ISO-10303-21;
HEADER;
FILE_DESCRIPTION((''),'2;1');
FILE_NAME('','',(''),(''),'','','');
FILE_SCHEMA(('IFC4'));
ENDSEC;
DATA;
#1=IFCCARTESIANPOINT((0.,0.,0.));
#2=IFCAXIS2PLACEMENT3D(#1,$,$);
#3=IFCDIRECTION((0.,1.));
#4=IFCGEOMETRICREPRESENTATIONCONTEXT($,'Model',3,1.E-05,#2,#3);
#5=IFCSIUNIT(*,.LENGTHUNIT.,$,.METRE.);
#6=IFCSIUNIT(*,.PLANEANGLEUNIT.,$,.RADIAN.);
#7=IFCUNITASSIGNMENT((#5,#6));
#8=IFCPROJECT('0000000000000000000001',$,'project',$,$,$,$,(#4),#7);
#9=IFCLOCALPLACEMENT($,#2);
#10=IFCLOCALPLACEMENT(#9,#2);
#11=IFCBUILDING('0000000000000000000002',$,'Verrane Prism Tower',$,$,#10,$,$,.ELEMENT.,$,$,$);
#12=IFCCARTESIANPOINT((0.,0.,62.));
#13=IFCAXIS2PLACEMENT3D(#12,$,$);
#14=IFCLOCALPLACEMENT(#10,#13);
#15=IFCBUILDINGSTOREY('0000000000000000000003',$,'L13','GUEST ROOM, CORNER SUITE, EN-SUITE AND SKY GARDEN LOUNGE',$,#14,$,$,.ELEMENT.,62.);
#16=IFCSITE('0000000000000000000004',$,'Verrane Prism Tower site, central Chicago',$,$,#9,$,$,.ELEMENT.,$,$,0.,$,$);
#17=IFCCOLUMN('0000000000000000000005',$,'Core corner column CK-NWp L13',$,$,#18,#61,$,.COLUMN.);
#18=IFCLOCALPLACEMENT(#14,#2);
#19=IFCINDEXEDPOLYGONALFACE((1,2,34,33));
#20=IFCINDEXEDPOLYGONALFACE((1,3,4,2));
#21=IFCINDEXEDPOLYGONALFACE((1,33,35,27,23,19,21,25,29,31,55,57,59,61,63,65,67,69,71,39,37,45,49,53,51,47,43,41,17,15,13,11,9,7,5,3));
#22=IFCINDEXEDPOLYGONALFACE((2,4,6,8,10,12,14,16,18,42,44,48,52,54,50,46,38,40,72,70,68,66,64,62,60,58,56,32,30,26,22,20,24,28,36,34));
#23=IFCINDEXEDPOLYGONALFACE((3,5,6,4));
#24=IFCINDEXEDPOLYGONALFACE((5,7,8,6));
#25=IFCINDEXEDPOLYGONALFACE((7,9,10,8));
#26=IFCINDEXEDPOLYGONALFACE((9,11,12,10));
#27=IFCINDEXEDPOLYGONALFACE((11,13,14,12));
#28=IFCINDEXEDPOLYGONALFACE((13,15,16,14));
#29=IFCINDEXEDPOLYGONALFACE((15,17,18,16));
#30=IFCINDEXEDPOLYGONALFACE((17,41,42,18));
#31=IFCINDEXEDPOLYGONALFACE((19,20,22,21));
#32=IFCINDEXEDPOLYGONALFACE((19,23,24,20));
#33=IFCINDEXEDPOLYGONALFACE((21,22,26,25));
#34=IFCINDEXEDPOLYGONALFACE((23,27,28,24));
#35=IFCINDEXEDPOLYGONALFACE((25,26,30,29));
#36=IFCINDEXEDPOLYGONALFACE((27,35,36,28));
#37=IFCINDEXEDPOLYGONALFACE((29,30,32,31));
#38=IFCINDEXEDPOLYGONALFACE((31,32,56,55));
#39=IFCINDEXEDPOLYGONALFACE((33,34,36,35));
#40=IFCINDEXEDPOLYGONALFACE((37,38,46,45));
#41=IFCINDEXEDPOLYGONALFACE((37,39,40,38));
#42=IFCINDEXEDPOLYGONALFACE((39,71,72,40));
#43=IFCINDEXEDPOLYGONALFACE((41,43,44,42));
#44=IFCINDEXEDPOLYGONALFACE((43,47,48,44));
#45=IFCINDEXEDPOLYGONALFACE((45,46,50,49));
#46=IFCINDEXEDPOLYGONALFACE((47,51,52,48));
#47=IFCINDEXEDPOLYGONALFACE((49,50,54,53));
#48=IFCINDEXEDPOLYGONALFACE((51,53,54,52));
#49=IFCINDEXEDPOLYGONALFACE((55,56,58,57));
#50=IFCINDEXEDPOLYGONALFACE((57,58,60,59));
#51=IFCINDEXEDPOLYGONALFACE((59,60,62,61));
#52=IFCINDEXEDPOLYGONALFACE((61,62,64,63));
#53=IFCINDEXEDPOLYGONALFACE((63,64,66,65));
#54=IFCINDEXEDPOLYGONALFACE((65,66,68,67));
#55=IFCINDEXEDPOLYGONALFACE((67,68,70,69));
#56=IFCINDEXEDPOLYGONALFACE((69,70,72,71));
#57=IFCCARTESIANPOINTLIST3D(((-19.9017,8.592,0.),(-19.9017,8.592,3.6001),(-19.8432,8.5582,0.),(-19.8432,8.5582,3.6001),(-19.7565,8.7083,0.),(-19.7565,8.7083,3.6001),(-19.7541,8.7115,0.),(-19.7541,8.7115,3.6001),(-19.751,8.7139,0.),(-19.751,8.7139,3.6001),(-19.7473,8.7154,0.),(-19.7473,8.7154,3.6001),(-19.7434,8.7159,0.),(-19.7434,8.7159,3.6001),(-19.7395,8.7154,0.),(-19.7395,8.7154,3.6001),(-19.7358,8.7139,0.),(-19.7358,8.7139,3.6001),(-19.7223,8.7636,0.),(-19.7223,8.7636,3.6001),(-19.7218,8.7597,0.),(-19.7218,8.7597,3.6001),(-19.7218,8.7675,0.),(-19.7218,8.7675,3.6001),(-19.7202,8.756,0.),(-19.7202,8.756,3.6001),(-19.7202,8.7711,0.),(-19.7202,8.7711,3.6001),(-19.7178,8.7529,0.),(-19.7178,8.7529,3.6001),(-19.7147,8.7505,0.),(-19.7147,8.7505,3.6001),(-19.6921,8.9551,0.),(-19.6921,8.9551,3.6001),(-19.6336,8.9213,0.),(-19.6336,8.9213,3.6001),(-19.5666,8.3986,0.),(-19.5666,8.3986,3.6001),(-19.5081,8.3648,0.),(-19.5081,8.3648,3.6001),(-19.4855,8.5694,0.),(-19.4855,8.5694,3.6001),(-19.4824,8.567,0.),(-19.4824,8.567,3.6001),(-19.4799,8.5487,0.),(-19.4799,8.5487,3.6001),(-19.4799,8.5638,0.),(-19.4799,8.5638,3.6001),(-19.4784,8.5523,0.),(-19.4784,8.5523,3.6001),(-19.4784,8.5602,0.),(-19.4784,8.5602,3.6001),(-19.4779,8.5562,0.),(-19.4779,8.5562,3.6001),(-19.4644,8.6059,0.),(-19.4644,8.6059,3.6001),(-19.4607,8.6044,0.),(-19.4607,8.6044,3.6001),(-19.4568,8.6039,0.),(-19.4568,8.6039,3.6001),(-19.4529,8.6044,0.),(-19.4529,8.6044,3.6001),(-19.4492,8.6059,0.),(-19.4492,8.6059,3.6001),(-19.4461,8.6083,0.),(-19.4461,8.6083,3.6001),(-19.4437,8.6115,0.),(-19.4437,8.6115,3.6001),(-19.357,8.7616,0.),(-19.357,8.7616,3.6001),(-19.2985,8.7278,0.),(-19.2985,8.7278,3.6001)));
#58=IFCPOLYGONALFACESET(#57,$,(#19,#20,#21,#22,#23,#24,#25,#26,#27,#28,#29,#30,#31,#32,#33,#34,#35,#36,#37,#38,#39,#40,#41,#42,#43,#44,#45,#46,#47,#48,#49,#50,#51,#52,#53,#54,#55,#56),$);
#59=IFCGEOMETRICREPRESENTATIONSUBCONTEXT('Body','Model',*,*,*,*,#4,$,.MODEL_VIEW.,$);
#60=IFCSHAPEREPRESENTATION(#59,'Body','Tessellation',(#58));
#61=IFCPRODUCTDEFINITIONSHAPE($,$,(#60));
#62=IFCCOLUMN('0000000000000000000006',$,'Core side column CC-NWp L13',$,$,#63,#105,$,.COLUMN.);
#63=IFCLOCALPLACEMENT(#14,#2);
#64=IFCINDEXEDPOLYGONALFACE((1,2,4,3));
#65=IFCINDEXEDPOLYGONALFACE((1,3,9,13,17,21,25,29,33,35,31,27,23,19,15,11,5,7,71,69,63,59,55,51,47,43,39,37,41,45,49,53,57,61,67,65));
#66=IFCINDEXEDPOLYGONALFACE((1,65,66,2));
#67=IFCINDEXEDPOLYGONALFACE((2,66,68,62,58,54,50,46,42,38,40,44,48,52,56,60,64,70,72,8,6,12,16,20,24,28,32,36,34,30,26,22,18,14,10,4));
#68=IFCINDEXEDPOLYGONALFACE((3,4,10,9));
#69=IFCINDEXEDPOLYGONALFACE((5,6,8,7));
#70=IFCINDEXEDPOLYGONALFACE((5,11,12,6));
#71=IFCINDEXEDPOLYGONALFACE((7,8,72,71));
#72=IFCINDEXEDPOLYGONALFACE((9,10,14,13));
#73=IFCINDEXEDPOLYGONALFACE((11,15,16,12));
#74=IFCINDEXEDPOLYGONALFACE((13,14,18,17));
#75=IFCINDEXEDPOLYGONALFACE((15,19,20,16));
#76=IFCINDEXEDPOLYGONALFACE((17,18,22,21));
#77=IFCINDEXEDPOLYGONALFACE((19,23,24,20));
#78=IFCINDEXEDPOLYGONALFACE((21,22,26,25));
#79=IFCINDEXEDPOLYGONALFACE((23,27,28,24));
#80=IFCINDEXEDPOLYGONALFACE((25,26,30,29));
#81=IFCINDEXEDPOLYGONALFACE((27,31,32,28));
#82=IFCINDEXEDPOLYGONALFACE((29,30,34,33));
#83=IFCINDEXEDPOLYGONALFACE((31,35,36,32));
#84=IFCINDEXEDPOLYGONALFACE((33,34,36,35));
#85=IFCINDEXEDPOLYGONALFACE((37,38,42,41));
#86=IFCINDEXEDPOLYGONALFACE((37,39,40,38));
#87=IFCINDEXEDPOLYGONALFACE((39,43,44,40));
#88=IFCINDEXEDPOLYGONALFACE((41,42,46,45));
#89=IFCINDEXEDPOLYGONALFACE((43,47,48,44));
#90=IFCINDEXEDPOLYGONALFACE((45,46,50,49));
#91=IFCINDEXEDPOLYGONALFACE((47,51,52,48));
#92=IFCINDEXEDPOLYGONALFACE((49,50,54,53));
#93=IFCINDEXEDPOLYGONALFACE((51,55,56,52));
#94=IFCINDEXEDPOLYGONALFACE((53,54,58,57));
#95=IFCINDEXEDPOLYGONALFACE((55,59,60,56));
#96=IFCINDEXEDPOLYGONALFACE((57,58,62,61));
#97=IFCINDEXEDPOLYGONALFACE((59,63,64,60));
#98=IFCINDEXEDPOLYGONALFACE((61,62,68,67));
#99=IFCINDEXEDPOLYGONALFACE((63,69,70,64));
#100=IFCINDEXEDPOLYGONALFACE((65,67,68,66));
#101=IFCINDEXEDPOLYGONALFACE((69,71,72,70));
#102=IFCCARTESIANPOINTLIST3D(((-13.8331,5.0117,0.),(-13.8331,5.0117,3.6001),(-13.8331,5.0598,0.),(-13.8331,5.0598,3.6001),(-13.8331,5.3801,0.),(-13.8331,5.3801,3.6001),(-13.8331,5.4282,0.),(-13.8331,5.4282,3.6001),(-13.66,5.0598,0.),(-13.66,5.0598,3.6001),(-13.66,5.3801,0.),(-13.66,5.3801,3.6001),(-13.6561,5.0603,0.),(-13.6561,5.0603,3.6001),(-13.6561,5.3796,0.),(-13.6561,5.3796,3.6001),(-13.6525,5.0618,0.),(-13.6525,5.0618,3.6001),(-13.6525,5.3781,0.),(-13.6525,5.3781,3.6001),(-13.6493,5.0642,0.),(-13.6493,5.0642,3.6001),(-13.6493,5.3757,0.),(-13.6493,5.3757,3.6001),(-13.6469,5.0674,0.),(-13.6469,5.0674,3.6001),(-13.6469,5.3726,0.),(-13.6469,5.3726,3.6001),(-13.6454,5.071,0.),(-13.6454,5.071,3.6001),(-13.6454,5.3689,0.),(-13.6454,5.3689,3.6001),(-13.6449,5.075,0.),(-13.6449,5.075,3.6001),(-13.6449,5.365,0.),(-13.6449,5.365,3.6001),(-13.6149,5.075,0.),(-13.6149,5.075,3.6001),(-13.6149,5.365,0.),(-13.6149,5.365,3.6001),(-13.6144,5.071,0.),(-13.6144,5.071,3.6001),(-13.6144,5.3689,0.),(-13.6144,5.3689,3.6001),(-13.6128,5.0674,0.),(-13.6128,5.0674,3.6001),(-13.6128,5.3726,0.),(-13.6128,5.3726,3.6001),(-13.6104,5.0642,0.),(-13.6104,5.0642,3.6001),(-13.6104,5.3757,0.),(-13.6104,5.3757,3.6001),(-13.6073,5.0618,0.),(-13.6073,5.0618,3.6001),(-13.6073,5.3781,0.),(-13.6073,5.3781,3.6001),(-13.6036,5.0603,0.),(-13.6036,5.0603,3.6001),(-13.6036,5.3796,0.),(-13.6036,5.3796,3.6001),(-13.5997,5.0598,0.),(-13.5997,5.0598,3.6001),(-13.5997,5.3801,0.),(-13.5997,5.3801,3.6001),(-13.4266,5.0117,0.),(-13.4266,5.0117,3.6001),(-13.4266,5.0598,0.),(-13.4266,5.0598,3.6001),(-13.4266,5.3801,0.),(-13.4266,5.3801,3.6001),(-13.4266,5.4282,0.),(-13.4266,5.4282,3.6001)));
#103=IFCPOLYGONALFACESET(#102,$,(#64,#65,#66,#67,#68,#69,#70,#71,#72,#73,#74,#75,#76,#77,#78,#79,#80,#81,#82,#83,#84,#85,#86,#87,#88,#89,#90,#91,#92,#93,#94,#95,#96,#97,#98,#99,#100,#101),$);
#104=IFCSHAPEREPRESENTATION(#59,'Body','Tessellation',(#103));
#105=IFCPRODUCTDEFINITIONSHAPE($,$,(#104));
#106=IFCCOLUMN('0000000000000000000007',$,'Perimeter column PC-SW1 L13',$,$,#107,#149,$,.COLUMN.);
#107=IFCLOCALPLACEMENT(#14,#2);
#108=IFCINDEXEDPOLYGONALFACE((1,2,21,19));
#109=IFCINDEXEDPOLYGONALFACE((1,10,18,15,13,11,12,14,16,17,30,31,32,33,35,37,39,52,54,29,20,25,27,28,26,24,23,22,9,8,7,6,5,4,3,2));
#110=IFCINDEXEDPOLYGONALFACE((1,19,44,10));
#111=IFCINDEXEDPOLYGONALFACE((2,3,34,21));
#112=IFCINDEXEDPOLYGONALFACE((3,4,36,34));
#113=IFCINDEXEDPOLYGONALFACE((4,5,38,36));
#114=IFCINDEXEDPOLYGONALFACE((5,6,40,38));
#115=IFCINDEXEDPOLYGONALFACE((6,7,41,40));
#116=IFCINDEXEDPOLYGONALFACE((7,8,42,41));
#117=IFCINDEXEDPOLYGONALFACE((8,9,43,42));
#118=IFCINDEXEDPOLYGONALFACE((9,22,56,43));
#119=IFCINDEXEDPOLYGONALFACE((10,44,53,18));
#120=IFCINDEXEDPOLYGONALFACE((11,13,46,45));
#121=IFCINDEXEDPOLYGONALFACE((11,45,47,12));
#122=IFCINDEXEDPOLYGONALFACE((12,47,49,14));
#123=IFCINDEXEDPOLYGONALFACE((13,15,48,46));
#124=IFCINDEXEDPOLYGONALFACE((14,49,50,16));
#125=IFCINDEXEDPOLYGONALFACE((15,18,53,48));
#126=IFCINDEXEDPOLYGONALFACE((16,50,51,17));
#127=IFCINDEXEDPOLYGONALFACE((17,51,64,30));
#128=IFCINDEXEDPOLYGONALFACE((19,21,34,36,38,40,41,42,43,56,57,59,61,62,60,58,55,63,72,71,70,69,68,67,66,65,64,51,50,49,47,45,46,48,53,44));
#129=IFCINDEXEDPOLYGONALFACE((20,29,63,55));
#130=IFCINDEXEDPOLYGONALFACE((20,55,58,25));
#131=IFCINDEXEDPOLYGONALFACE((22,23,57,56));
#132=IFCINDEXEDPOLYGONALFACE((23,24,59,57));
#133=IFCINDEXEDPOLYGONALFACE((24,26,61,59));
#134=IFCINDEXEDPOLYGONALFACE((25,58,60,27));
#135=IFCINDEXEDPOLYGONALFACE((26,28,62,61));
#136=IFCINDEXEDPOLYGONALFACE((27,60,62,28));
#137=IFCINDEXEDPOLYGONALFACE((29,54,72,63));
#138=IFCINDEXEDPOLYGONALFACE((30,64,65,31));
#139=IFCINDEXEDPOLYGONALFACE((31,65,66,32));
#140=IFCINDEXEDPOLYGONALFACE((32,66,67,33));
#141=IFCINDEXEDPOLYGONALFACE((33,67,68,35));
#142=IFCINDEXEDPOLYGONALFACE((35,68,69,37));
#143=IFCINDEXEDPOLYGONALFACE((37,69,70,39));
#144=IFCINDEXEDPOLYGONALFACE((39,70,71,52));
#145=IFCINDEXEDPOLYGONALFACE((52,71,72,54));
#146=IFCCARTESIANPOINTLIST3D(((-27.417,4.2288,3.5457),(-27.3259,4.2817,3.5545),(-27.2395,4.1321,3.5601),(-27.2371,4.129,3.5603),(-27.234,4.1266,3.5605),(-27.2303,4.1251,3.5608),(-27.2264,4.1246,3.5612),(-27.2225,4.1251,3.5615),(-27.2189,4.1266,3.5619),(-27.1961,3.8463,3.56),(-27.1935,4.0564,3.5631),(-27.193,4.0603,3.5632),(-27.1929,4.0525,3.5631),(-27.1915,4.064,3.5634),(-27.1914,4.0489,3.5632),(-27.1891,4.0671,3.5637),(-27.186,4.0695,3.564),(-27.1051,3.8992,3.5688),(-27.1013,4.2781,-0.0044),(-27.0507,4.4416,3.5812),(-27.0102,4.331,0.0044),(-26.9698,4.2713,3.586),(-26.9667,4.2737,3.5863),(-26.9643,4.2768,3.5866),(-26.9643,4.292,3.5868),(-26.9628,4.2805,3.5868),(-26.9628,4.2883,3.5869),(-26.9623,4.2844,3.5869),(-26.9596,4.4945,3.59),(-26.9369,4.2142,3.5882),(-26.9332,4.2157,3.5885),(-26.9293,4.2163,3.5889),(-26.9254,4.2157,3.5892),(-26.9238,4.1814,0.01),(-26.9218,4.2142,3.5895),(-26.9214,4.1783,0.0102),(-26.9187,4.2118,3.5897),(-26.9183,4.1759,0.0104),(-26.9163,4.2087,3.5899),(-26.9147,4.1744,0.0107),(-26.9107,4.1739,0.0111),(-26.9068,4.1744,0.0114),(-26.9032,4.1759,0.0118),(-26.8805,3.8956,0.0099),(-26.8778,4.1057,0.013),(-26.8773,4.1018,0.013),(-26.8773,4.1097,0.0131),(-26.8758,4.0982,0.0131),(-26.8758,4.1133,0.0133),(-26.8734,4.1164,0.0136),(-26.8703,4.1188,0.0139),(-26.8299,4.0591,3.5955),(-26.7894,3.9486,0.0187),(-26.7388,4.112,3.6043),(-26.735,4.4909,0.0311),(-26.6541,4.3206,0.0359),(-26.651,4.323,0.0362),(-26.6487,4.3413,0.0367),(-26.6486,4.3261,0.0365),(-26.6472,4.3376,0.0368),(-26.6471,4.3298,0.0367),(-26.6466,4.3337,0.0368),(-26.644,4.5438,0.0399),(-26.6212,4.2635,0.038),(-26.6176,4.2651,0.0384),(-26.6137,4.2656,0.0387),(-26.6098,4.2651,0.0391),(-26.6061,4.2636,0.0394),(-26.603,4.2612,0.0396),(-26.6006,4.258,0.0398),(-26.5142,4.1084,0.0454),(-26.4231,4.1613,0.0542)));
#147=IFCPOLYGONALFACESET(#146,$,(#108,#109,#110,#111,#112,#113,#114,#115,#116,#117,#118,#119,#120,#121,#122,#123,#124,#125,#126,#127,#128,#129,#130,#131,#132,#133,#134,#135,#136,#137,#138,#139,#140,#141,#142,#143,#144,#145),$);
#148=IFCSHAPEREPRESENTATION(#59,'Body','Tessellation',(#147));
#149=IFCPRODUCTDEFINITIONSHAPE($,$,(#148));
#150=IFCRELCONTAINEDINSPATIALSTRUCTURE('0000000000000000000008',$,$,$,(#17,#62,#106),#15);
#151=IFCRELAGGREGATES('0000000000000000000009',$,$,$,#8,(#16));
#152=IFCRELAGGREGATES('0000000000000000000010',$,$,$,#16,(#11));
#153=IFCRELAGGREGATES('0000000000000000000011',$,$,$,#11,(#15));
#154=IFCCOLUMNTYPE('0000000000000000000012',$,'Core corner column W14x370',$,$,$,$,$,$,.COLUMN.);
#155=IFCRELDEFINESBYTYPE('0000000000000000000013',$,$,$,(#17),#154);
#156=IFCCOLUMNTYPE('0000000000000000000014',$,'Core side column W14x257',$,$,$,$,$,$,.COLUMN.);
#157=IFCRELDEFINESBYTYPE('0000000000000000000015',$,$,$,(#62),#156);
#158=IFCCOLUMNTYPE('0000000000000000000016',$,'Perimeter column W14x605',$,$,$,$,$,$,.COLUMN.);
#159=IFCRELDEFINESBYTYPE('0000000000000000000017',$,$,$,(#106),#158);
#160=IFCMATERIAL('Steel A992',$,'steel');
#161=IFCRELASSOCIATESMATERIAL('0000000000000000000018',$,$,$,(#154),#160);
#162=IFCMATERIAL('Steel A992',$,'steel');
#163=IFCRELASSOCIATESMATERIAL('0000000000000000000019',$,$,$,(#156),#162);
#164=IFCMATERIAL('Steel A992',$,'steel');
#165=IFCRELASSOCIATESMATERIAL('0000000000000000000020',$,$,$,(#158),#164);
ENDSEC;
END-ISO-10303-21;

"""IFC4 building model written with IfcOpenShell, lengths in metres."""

from ifc_helpers import new_model, si_unit, direction, frame, origin, origin_2d, place, context, subcontext, project, spatial, i_section, extrude, material, material_profile, profile_set, type_object, element, save


model = new_model("IFC4")

# Units and contexts
model_context = context("Model", 3, precision=1e-05, world=origin(), true_north=direction((0.0, 1.0)))
body_context = subcontext(model_context, "Body", "Model", "MODEL_VIEW")
ifc_project = project(units=[si_unit("LENGTHUNIT", "METRE"), si_unit("PLANEANGLEUNIT", "RADIAN")], contexts=[model_context])

# Site, building, storey
site_placement = place(None, origin())
site = spatial("IfcSite", under=ifc_project, at=site_placement, Name="Verrane Prism Tower site, central Chicago", CompositionType="ELEMENT", RefElevation=0.0)
building_placement = place(site_placement, origin())
building = spatial("IfcBuilding", under=site, at=building_placement, Name="Verrane Prism Tower", CompositionType="ELEMENT")
storey_placement = place(building_placement, frame((0.0, 0.0, 62.0)))
storey = spatial("IfcBuildingStorey", under=building, at=storey_placement, Name="L13", Description="GUEST ROOM, CORNER SUITE, EN-SUITE AND SKY GARDEN LOUNGE", CompositionType="ELEMENT", Elevation=62.0)

# Columns
ifc_material_1 = material(Name="Steel A992", Category="steel")
ifc_material_profile_1 = material_profile(ifc_material_1, i_section(OverallWidth=0.4192, OverallDepth=0.4546, WebThickness=0.0422, FlangeThickness=0.0676, FilletRadius=0.0151, at=origin_2d()), Name="W14x370")
ifc_profile_set_1 = profile_set([ifc_material_profile_1], Name="Steel A992")
column_type_1 = type_object("IfcColumnType", Name="Core corner column W14x370", PredefinedType="COLUMN", material=ifc_profile_set_1)
column_1_placement = place(storey_placement, frame((-19.6001, 8.6599, 0.0), z_axis=(0.0, 0.0, 1.0), x_axis=(0.5, 0.866025, 0.0)))
element("IfcColumn", 1, at=column_1_placement, inside=storey, type_object=column_type_1, Name="Core corner column CK-NWp L13", PredefinedType="COLUMN", context=body_context, shape_type="SweptSolid", body=[
    extrude(i_section(OverallWidth=0.4192, OverallDepth=0.4546, WebThickness=0.0422, FlangeThickness=0.0676, FilletRadius=0.0151, at=origin_2d()), origin(), (0.0, 0.0, 1.0), 3.6001),
])
ifc_material_2 = material(Name="Steel A992", Category="steel")
ifc_material_profile_2 = material_profile(ifc_material_2, i_section(OverallWidth=0.4065, OverallDepth=0.4165, WebThickness=0.03, FlangeThickness=0.0481, FilletRadius=0.0151, at=origin_2d()), Name="W14x257")
ifc_profile_set_2 = profile_set([ifc_material_profile_2], Name="Steel A992")
column_type_2 = type_object("IfcColumnType", Name="Core side column W14x257", PredefinedType="COLUMN", material=ifc_profile_set_2)
column_2_placement = place(storey_placement, frame((-13.6299, 5.22, 0.0), z_axis=(0.0, 0.0, 1.0), x_axis=(1.0, 0.0, 0.0)))
element("IfcColumn", 2, at=column_2_placement, inside=storey, type_object=column_type_2, Name="Core side column CC-NWp L13", PredefinedType="COLUMN", context=body_context, shape_type="SweptSolid", body=[
    extrude(i_section(OverallWidth=0.4065, OverallDepth=0.4165, WebThickness=0.03, FlangeThickness=0.0481, FilletRadius=0.0151, at=origin_2d()), origin(), (0.0, 0.0, 1.0), 3.6001),
])
ifc_material_3 = material(Name="Steel A992", Category="steel")
ifc_material_profile_3 = material_profile(ifc_material_3, i_section(OverallWidth=0.4419, OverallDepth=0.5308, WebThickness=0.0659, FlangeThickness=0.1057, FilletRadius=0.0151, at=origin_2d()), Name="W14x605")
ifc_profile_set_3 = profile_set([ifc_material_profile_3], Name="Steel A992")
column_type_3 = type_object("IfcColumnType", Name="Perimeter column W14x605", PredefinedType="COLUMN", material=ifc_profile_set_3)
column_3_placement = place(storey_placement, frame((-26.7622, 4.2197, 0.0249), z_axis=(-0.088563, -0.013836, 0.995974), x_axis=(-0.499716, 0.865583, -0.032411)))
element("IfcColumn", 3, at=column_3_placement, inside=storey, type_object=column_type_3, Name="Perimeter column PC-SW1 L13", PredefinedType="COLUMN", context=body_context, shape_type="SweptSolid", body=[
    extrude(i_section(OverallWidth=0.4419, OverallDepth=0.5308, WebThickness=0.0659, FlangeThickness=0.1057, FilletRadius=0.0151, at=origin_2d()), origin(), (0.0, 0.0, 1.0), 3.5645),
])

save(model, "model.ifc")
